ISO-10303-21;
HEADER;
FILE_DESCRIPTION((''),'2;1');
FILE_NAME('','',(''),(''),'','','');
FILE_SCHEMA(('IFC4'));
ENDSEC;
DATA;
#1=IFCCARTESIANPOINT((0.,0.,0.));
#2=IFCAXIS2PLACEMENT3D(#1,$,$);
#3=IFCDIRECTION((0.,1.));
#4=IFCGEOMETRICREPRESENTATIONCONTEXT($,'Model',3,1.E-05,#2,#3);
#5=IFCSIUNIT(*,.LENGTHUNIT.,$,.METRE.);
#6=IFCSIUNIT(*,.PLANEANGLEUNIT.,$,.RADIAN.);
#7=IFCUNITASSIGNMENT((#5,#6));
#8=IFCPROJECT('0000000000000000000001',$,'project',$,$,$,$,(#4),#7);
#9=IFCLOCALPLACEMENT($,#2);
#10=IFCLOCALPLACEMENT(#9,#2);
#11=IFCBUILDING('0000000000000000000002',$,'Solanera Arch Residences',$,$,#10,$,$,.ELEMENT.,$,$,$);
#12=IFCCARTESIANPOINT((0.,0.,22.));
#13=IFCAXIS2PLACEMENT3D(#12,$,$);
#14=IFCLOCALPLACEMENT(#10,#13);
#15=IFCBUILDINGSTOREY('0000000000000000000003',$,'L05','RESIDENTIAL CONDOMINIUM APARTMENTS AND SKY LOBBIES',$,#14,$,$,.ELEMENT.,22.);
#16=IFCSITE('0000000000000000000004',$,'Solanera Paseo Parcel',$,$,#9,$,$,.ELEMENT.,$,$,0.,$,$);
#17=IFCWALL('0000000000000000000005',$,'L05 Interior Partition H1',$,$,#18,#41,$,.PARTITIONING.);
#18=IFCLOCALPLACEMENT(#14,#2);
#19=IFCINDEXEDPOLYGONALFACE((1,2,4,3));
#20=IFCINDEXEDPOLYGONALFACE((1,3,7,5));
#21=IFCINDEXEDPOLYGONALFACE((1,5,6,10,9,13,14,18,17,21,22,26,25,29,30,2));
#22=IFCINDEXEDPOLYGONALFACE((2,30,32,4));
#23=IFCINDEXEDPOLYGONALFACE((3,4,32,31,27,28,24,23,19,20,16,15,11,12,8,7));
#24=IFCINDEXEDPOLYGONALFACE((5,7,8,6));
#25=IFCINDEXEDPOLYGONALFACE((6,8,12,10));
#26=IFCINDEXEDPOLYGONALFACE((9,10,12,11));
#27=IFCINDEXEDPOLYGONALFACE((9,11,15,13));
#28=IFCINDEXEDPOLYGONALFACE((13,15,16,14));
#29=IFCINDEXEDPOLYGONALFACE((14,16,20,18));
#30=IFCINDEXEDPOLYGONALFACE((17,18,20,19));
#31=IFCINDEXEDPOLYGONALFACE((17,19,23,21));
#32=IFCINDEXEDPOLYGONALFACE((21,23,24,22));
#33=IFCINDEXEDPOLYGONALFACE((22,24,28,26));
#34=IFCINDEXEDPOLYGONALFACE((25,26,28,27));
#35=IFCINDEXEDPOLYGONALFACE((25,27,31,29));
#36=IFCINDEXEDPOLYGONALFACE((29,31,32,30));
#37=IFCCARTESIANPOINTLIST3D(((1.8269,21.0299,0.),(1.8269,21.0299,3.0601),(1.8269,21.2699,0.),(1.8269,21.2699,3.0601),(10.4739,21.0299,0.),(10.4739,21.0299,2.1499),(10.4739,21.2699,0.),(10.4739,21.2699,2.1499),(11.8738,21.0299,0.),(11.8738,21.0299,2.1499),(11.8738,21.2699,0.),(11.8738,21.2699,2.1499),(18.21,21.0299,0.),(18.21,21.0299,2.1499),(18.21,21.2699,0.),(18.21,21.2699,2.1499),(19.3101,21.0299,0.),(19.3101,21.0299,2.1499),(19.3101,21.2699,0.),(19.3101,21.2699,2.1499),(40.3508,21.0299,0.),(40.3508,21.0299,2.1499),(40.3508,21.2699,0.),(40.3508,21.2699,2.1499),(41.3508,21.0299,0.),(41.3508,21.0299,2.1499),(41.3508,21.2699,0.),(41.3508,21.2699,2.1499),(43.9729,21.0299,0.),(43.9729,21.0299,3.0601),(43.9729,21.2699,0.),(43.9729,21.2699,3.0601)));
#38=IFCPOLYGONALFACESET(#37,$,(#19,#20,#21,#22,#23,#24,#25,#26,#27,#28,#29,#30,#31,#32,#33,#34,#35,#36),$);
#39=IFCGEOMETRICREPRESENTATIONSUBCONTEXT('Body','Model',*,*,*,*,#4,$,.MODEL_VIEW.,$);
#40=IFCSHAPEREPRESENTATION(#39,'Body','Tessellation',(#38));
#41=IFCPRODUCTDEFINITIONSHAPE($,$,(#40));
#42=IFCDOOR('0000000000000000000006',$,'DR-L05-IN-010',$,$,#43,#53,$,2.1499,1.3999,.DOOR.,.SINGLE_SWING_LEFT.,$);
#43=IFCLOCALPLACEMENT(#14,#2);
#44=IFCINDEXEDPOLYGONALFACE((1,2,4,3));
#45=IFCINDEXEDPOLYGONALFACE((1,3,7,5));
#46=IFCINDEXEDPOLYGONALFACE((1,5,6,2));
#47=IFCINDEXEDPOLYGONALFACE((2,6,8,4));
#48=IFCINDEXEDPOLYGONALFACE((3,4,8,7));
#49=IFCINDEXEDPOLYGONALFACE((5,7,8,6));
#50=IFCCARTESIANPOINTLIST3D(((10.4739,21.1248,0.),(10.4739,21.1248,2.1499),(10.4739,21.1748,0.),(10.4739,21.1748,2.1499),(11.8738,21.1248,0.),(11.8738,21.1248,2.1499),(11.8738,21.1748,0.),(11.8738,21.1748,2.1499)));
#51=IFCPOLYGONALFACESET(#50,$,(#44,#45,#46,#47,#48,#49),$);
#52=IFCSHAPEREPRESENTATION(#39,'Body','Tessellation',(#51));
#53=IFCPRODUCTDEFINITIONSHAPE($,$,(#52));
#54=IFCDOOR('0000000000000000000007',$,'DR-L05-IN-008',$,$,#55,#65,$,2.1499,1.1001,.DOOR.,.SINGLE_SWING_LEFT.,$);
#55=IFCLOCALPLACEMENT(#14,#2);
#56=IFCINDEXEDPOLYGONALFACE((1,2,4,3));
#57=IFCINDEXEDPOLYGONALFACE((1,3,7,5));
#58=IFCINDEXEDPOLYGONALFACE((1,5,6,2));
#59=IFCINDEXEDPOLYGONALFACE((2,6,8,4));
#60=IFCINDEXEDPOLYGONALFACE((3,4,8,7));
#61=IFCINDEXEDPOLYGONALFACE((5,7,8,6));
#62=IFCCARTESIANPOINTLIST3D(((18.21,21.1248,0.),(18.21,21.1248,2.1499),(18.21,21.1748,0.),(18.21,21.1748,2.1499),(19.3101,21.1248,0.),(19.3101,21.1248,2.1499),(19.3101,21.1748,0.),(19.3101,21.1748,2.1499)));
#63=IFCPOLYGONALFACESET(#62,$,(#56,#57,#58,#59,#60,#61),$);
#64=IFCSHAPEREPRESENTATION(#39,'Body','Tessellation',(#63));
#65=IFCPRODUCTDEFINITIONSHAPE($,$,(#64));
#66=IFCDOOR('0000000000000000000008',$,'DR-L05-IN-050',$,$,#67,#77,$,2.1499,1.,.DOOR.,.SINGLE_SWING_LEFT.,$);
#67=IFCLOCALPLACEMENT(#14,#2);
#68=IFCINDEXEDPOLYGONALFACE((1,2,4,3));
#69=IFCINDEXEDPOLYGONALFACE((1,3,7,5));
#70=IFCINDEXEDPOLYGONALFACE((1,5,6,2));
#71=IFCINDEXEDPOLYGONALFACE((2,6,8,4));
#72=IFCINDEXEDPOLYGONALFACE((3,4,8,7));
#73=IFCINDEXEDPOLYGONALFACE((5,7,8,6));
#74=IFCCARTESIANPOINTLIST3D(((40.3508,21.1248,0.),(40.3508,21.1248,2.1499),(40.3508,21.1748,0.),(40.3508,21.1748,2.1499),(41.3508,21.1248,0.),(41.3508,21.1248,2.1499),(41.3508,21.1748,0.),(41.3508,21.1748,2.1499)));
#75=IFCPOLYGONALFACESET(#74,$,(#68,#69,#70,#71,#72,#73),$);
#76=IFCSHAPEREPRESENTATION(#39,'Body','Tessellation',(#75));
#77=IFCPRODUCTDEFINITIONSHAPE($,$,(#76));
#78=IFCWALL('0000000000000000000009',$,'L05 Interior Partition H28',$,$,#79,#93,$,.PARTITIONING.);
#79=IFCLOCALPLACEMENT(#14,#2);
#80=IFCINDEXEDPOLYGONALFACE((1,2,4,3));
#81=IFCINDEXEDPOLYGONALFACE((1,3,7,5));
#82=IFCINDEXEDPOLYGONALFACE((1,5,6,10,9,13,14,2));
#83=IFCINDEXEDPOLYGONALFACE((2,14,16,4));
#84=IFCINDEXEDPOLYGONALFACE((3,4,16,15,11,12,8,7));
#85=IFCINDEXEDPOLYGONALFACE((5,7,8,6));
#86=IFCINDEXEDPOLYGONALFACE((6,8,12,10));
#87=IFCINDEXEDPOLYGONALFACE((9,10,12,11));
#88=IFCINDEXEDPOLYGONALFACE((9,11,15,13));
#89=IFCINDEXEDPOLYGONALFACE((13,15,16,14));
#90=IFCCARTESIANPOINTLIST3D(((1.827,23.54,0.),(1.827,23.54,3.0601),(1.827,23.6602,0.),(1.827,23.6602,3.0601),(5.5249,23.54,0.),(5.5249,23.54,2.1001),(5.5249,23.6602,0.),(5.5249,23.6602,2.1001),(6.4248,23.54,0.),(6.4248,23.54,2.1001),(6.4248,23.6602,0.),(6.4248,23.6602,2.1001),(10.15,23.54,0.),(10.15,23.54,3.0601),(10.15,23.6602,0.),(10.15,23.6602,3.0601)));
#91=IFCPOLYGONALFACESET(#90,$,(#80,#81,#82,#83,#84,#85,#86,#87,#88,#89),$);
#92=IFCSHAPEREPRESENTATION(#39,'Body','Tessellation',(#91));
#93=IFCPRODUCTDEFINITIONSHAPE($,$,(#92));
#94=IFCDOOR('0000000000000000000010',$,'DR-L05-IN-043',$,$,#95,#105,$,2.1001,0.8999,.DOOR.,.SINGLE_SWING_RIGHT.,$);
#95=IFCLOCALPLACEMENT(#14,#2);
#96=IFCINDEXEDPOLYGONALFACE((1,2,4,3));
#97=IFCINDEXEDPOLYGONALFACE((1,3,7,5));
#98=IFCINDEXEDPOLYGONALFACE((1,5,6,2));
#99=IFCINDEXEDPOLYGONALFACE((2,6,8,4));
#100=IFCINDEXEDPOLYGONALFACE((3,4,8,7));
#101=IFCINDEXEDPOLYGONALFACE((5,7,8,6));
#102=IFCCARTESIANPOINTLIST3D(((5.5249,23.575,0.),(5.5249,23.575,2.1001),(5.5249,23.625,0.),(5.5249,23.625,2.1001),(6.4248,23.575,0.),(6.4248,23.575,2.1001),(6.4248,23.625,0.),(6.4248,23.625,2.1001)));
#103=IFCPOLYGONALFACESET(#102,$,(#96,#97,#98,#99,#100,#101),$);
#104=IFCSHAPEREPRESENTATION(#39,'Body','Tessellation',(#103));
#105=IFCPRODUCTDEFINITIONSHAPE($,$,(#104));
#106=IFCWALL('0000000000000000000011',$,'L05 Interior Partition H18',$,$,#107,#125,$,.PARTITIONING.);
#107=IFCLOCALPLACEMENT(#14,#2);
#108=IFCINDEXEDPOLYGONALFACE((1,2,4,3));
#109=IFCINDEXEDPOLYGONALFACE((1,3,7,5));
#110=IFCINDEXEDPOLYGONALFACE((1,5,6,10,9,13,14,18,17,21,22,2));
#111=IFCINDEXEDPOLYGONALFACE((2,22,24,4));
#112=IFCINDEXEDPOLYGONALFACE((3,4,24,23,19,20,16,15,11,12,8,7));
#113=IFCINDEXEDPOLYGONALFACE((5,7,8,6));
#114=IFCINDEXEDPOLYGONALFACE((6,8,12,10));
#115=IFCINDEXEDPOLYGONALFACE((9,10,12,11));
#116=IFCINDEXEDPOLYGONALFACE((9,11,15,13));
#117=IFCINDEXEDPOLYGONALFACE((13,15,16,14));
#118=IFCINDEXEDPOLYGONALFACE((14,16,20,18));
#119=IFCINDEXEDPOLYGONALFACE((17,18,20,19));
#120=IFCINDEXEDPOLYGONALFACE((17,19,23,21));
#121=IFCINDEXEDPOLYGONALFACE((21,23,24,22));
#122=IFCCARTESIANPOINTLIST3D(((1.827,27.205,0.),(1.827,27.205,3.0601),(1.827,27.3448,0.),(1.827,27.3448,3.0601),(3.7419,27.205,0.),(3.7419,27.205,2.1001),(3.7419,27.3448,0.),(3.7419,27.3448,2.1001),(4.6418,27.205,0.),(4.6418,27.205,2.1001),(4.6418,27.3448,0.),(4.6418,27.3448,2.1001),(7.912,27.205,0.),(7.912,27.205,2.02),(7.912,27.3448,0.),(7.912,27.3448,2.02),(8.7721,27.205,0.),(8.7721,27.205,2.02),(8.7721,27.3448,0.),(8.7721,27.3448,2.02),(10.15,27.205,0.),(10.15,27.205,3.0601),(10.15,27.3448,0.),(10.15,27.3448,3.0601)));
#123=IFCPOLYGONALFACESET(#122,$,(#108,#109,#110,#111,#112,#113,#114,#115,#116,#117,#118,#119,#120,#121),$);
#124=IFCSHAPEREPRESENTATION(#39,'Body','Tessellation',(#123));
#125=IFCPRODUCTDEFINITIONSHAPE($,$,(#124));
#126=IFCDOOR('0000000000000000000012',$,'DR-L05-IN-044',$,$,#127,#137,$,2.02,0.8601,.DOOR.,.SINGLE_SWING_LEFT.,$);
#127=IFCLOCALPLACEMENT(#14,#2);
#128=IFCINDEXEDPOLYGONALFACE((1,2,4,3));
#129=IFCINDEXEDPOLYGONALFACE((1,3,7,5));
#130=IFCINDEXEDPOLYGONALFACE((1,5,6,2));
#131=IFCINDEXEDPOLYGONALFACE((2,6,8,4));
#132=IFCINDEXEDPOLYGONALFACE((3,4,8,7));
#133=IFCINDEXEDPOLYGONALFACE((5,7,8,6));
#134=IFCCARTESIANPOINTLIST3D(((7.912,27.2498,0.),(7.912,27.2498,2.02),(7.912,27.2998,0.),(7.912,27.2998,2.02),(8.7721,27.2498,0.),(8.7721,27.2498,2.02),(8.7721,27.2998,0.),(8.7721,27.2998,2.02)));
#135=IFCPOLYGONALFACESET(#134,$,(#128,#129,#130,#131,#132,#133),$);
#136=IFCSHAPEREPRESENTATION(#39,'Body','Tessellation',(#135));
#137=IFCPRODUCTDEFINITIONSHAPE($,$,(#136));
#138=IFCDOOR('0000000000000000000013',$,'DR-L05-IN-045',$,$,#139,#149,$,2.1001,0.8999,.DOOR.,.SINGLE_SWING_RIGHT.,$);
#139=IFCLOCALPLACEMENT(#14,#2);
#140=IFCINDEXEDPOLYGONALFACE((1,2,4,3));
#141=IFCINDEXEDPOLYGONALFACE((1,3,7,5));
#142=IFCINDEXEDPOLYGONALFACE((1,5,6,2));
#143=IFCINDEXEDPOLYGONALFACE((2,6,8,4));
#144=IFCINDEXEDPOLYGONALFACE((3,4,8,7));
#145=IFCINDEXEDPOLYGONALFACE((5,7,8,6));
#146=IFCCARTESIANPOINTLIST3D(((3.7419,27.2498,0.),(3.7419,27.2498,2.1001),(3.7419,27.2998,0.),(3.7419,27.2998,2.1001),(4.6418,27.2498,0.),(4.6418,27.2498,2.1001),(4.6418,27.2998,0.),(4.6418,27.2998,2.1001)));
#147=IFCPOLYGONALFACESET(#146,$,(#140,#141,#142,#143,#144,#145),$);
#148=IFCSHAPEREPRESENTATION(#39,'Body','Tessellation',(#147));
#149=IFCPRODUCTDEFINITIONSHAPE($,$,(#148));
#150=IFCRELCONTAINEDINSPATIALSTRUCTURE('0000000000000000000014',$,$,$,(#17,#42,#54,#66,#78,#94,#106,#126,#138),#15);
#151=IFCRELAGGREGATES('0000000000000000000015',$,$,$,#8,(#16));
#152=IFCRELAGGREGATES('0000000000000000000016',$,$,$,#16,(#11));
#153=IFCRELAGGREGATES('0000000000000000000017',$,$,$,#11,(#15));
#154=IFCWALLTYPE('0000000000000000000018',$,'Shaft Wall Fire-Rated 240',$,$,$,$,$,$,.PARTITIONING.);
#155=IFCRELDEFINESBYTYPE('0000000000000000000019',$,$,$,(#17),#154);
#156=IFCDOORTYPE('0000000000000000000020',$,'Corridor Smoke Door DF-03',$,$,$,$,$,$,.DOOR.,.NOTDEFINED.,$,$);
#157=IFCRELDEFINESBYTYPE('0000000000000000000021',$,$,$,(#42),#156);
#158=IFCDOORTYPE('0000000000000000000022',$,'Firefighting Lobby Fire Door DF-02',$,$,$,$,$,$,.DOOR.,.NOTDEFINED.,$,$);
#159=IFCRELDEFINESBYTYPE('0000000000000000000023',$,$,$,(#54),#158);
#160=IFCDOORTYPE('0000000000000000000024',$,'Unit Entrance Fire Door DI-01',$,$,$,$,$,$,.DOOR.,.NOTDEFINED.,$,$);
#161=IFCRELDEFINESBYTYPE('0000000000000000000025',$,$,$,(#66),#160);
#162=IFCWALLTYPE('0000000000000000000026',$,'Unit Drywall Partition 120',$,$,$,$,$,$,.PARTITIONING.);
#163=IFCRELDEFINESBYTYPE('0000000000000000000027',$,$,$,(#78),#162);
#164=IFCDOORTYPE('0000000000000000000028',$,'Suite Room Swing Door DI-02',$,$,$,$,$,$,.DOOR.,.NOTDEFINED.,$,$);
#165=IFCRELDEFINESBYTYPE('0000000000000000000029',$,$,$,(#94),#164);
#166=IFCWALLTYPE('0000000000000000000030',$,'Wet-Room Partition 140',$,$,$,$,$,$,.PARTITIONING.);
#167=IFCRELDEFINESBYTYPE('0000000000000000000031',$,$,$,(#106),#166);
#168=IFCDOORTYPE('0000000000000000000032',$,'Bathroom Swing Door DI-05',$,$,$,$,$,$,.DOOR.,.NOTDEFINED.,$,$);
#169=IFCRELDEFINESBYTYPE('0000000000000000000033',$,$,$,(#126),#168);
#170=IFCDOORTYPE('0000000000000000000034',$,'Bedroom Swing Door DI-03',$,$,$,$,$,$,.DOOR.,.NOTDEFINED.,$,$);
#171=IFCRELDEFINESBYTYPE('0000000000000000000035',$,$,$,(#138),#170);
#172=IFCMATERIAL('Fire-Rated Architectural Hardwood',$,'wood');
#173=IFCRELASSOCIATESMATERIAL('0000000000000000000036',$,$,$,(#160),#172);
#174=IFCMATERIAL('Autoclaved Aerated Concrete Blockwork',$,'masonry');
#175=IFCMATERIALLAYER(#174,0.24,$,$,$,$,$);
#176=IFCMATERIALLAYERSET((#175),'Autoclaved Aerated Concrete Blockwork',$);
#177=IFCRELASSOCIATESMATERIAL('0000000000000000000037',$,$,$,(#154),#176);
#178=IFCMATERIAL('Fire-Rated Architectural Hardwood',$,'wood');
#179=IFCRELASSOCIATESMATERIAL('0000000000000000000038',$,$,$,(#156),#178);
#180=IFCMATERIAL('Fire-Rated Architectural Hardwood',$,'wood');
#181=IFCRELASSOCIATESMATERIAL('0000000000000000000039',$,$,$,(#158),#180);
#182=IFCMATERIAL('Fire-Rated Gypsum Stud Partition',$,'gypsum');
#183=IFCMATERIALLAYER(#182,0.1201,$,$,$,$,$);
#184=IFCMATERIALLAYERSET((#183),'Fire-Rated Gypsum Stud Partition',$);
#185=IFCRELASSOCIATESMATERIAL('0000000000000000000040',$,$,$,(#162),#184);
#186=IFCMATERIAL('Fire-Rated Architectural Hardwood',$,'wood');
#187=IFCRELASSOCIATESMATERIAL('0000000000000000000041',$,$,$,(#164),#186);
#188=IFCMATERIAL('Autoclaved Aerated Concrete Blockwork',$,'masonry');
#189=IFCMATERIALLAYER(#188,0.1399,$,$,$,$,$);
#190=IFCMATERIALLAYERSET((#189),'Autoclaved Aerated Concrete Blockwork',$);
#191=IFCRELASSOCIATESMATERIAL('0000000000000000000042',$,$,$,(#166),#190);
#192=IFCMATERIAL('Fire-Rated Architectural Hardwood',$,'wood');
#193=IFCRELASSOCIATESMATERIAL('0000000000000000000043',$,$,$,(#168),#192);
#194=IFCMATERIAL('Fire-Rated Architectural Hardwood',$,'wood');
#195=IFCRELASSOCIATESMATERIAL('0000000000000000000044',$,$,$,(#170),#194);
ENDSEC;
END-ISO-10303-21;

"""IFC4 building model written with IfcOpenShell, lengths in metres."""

from ifc_helpers import new_model, si_unit, direction, frame, frame_2d, origin, place, context, subcontext, project, spatial, rectangle, extrude, material, layer, layer_set, type_object, element, fill, save


model = new_model("IFC4")

# Units and contexts
model_context = context("Model", 3, precision=1e-05, world=origin(), true_north=direction((0.0, 1.0)))
body_context = subcontext(model_context, "Body", "Model", "MODEL_VIEW")
ifc_project = project(units=[si_unit("LENGTHUNIT", "METRE"), si_unit("PLANEANGLEUNIT", "RADIAN")], contexts=[model_context])

# Site, building, storey
site_placement = place(None, origin())
site = spatial("IfcSite", under=ifc_project, at=site_placement, Name="Solanera Paseo Parcel", CompositionType="ELEMENT", RefElevation=0.0)
building_placement = place(site_placement, origin())
building = spatial("IfcBuilding", under=site, at=building_placement, Name="Solanera Arch Residences", CompositionType="ELEMENT")
storey_placement = place(building_placement, frame((0.0, 0.0, 22.0)))
storey = spatial("IfcBuildingStorey", under=building, at=storey_placement, Name="L05", Description="RESIDENTIAL CONDOMINIUM APARTMENTS AND SKY LOBBIES", CompositionType="ELEMENT", Elevation=22.0)

# Shared definitions
ifc_material_1 = material(Name="Fire-Rated Architectural Hardwood", Category="wood")
door_type_1 = type_object("IfcDoorType", Name="Unit Entrance Fire Door DI-01", OperationType="NOTDEFINED", PredefinedType="DOOR", material=ifc_material_1)

# Wall, openings, doors
ifc_material_2 = material(Name="Autoclaved Aerated Concrete Blockwork", Category="masonry")
ifc_layer_1 = layer(ifc_material_2, 0.24)
ifc_layer_set_1 = layer_set([ifc_layer_1], Name="Autoclaved Aerated Concrete Blockwork")
wall_type_1 = type_object("IfcWallType", Name="Shaft Wall Fire-Rated 240", PredefinedType="PARTITIONING", material=ifc_layer_set_1)
wall_1_placement = place(storey_placement, frame((1.8269, 21.1499, 0.0), z_axis=(0.0, 0.0, 1.0), x_axis=(1.0, 0.0, 0.0)))
wall_1 = element("IfcWall", 1, at=wall_1_placement, inside=storey, type_object=wall_type_1, Name="L05 Interior Partition H1", PredefinedType="PARTITIONING", context=body_context, shape_type="SweptSolid", body=[
    extrude(rectangle(XDim=42.146, YDim=0.24, at=frame_2d((21.073, 0.0))), origin(), (0.0, 0.0, 1.0), 3.0601),
])
opening_1_placement = place(wall_1_placement, frame((16.3831, 0.0, 0.0)))
opening_1 = element("IfcOpeningElement", 2, at=opening_1_placement, cuts=wall_1, PredefinedType="OPENING", context=body_context, shape_type="SweptSolid", body=[
    extrude(rectangle(XDim=1.1001, YDim=2.1499, at=frame_2d((0.55, 1.075))), frame((0.0, 0.1299, 0.0), z_axis=(0.0, -1.0, 0.0), x_axis=(1.0, 0.0, 0.0)), (0.0, 0.0, 1.0), 0.26),
])
opening_2_placement = place(wall_1_placement, frame((8.647, 0.0, 0.0)))
opening_2 = element("IfcOpeningElement", 3, at=opening_2_placement, cuts=wall_1, PredefinedType="OPENING", context=body_context, shape_type="SweptSolid", body=[
    extrude(rectangle(XDim=1.3999, YDim=2.1499, at=frame_2d((0.7, 1.075))), frame((0.0, 0.1299, 0.0), z_axis=(0.0, -1.0, 0.0), x_axis=(1.0, 0.0, 0.0)), (0.0, 0.0, 1.0), 0.26),
])
opening_3_placement = place(wall_1_placement, frame((38.5239, 0.0, 0.0)))
opening_3 = element("IfcOpeningElement", 4, at=opening_3_placement, cuts=wall_1, PredefinedType="OPENING", context=body_context, shape_type="SweptSolid", body=[
    extrude(rectangle(XDim=1.0, YDim=2.1499, at=frame_2d((0.5, 1.075))), frame((0.0, 0.1299, 0.0), z_axis=(0.0, -1.0, 0.0), x_axis=(1.0, 0.0, 0.0)), (0.0, 0.0, 1.0), 0.26),
])
ifc_material_3 = material(Name="Fire-Rated Architectural Hardwood", Category="wood")
door_type_2 = type_object("IfcDoorType", Name="Corridor Smoke Door DF-03", OperationType="NOTDEFINED", PredefinedType="DOOR", material=ifc_material_3)
door_1_placement = place(opening_2_placement, origin())
door_1 = element("IfcDoor", 5, at=door_1_placement, inside=storey, type_object=door_type_2, Name="DR-L05-IN-010", OperationType="SINGLE_SWING_LEFT", OverallHeight=2.1499, OverallWidth=1.3999, PredefinedType="DOOR", context=body_context, shape_type="SweptSolid", body=[
    extrude(rectangle(XDim=1.3999, YDim=2.1499, at=frame_2d((0.7, 1.075))), frame((0.0, 0.0249, 0.0), z_axis=(0.0, -1.0, 0.0), x_axis=(1.0, 0.0, 0.0)), (0.0, 0.0, 1.0), 0.05),
])
fill(opening_2, door_1)
ifc_material_4 = material(Name="Fire-Rated Architectural Hardwood", Category="wood")
door_type_3 = type_object("IfcDoorType", Name="Firefighting Lobby Fire Door DF-02", OperationType="NOTDEFINED", PredefinedType="DOOR", material=ifc_material_4)
door_2_placement = place(opening_1_placement, origin())
door_2 = element("IfcDoor", 6, at=door_2_placement, inside=storey, type_object=door_type_3, Name="DR-L05-IN-008", OperationType="SINGLE_SWING_LEFT", OverallHeight=2.1499, OverallWidth=1.1001, PredefinedType="DOOR", context=body_context, shape_type="SweptSolid", body=[
    extrude(rectangle(XDim=1.1001, YDim=2.1499, at=frame_2d((0.55, 1.075))), frame((0.0, 0.0249, 0.0), z_axis=(0.0, -1.0, 0.0), x_axis=(1.0, 0.0, 0.0)), (0.0, 0.0, 1.0), 0.05),
])
fill(opening_1, door_2)
door_3_placement = place(opening_3_placement, origin())
door_3 = element("IfcDoor", 7, at=door_3_placement, inside=storey, type_object=door_type_1, Name="DR-L05-IN-050", OperationType="SINGLE_SWING_LEFT", OverallHeight=2.1499, OverallWidth=1.0, PredefinedType="DOOR", context=body_context, shape_type="SweptSolid", body=[
    extrude(rectangle(XDim=1.0, YDim=2.1499, at=frame_2d((0.5, 1.075))), frame((0.0, 0.0249, 0.0), z_axis=(0.0, -1.0, 0.0), x_axis=(1.0, 0.0, 0.0)), (0.0, 0.0, 1.0), 0.05),
])
fill(opening_3, door_3)

# Wall, opening, door
ifc_material_5 = material(Name="Fire-Rated Gypsum Stud Partition", Category="gypsum")
ifc_layer_2 = layer(ifc_material_5, 0.1201)
ifc_layer_set_2 = layer_set([ifc_layer_2], Name="Fire-Rated Gypsum Stud Partition")
wall_type_2 = type_object("IfcWallType", Name="Unit Drywall Partition 120", PredefinedType="PARTITIONING", material=ifc_layer_set_2)
wall_2_placement = place(storey_placement, frame((1.8269, 23.6001, 0.0), z_axis=(0.0, 0.0, 1.0), x_axis=(1.0, 0.0, 0.0)))
wall_2 = element("IfcWall", 8, at=wall_2_placement, inside=storey, type_object=wall_type_2, Name="L05 Interior Partition H28", PredefinedType="PARTITIONING", context=body_context, shape_type="SweptSolid", body=[
    extrude(rectangle(XDim=8.323, YDim=0.1201, at=frame_2d((4.1616, 0.0))), origin(), (0.0, 0.0, 1.0), 3.0601),
])
opening_4_placement = place(wall_2_placement, frame((3.698, 0.0, 0.0)))
opening_4 = element("IfcOpeningElement", 9, at=opening_4_placement, cuts=wall_2, PredefinedType="OPENING", context=body_context, shape_type="SweptSolid", body=[
    extrude(rectangle(XDim=0.8999, YDim=2.1001, at=frame_2d((0.45, 1.05))), frame((0.0, 0.0701, 0.0), z_axis=(0.0, -1.0, 0.0), x_axis=(1.0, 0.0, 0.0)), (0.0, 0.0, 1.0), 0.1401),
])
ifc_material_6 = material(Name="Fire-Rated Architectural Hardwood", Category="wood")
door_type_4 = type_object("IfcDoorType", Name="Suite Room Swing Door DI-02", OperationType="NOTDEFINED", PredefinedType="DOOR", material=ifc_material_6)
door_4_placement = place(opening_4_placement, origin())
door_4 = element("IfcDoor", 10, at=door_4_placement, inside=storey, type_object=door_type_4, Name="DR-L05-IN-043", OperationType="SINGLE_SWING_RIGHT", OverallHeight=2.1001, OverallWidth=0.8999, PredefinedType="DOOR", context=body_context, shape_type="SweptSolid", body=[
    extrude(rectangle(XDim=0.8999, YDim=2.1001, at=frame_2d((0.45, 1.05))), frame((0.0, 0.0249, 0.0), z_axis=(0.0, -1.0, 0.0), x_axis=(1.0, 0.0, 0.0)), (0.0, 0.0, 1.0), 0.05),
])
fill(opening_4, door_4)

# Wall, openings, doors
ifc_material_7 = material(Name="Autoclaved Aerated Concrete Blockwork", Category="masonry")
ifc_layer_3 = layer(ifc_material_7, 0.1399)
ifc_layer_set_3 = layer_set([ifc_layer_3], Name="Autoclaved Aerated Concrete Blockwork")
wall_type_3 = type_object("IfcWallType", Name="Wet-Room Partition 140", PredefinedType="PARTITIONING", material=ifc_layer_set_3)
wall_3_placement = place(storey_placement, frame((1.8269, 27.2749, 0.0), z_axis=(0.0, 0.0, 1.0), x_axis=(1.0, 0.0, 0.0)))
wall_3 = element("IfcWall", 11, at=wall_3_placement, inside=storey, type_object=wall_type_3, Name="L05 Interior Partition H18", PredefinedType="PARTITIONING", context=body_context, shape_type="SweptSolid", body=[
    extrude(rectangle(XDim=8.323, YDim=0.1399, at=frame_2d((4.1616, 0.0))), origin(), (0.0, 0.0, 1.0), 3.0601),
])
opening_5_placement = place(wall_3_placement, frame((6.085, 0.0, 0.0)))
opening_5 = element("IfcOpeningElement", 12, at=opening_5_placement, cuts=wall_3, PredefinedType="OPENING", context=body_context, shape_type="SweptSolid", body=[
    extrude(rectangle(XDim=0.8601, YDim=2.02, at=frame_2d((0.4302, 1.01))), frame((0.0, 0.0798, 0.0), z_axis=(0.0, -1.0, 0.0), x_axis=(1.0, 0.0, 0.0)), (0.0, 0.0, 1.0), 0.1599),
])
opening_6_placement = place(wall_3_placement, frame((1.915, 0.0, 0.0)))
opening_6 = element("IfcOpeningElement", 13, at=opening_6_placement, cuts=wall_3, PredefinedType="OPENING", context=body_context, shape_type="SweptSolid", body=[
    extrude(rectangle(XDim=0.8999, YDim=2.1001, at=frame_2d((0.45, 1.05))), frame((0.0, 0.0798, 0.0), z_axis=(0.0, -1.0, 0.0), x_axis=(1.0, 0.0, 0.0)), (0.0, 0.0, 1.0), 0.1599),
])
ifc_material_8 = material(Name="Fire-Rated Architectural Hardwood", Category="wood")
door_type_5 = type_object("IfcDoorType", Name="Bathroom Swing Door DI-05", OperationType="NOTDEFINED", PredefinedType="DOOR", material=ifc_material_8)
door_5_placement = place(opening_5_placement, origin())
door_5 = element("IfcDoor", 14, at=door_5_placement, inside=storey, type_object=door_type_5, Name="DR-L05-IN-044", OperationType="SINGLE_SWING_LEFT", OverallHeight=2.02, OverallWidth=0.8601, PredefinedType="DOOR", context=body_context, shape_type="SweptSolid", body=[
    extrude(rectangle(XDim=0.8601, YDim=2.02, at=frame_2d((0.4302, 1.01))), frame((0.0, 0.0249, 0.0), z_axis=(0.0, -1.0, 0.0), x_axis=(1.0, 0.0, 0.0)), (0.0, 0.0, 1.0), 0.05),
])
fill(opening_5, door_5)
ifc_material_9 = material(Name="Fire-Rated Architectural Hardwood", Category="wood")
door_type_6 = type_object("IfcDoorType", Name="Bedroom Swing Door DI-03", OperationType="NOTDEFINED", PredefinedType="DOOR", material=ifc_material_9)
door_6_placement = place(opening_6_placement, origin())
door_6 = element("IfcDoor", 15, at=door_6_placement, inside=storey, type_object=door_type_6, Name="DR-L05-IN-045", OperationType="SINGLE_SWING_RIGHT", OverallHeight=2.1001, OverallWidth=0.8999, PredefinedType="DOOR", context=body_context, shape_type="SweptSolid", body=[
    extrude(rectangle(XDim=0.8999, YDim=2.1001, at=frame_2d((0.45, 1.05))), frame((0.0, 0.0249, 0.0), z_axis=(0.0, -1.0, 0.0), x_axis=(1.0, 0.0, 0.0)), (0.0, 0.0, 1.0), 0.05),
])
fill(opening_6, door_6)

save(model, "model.ifc")
